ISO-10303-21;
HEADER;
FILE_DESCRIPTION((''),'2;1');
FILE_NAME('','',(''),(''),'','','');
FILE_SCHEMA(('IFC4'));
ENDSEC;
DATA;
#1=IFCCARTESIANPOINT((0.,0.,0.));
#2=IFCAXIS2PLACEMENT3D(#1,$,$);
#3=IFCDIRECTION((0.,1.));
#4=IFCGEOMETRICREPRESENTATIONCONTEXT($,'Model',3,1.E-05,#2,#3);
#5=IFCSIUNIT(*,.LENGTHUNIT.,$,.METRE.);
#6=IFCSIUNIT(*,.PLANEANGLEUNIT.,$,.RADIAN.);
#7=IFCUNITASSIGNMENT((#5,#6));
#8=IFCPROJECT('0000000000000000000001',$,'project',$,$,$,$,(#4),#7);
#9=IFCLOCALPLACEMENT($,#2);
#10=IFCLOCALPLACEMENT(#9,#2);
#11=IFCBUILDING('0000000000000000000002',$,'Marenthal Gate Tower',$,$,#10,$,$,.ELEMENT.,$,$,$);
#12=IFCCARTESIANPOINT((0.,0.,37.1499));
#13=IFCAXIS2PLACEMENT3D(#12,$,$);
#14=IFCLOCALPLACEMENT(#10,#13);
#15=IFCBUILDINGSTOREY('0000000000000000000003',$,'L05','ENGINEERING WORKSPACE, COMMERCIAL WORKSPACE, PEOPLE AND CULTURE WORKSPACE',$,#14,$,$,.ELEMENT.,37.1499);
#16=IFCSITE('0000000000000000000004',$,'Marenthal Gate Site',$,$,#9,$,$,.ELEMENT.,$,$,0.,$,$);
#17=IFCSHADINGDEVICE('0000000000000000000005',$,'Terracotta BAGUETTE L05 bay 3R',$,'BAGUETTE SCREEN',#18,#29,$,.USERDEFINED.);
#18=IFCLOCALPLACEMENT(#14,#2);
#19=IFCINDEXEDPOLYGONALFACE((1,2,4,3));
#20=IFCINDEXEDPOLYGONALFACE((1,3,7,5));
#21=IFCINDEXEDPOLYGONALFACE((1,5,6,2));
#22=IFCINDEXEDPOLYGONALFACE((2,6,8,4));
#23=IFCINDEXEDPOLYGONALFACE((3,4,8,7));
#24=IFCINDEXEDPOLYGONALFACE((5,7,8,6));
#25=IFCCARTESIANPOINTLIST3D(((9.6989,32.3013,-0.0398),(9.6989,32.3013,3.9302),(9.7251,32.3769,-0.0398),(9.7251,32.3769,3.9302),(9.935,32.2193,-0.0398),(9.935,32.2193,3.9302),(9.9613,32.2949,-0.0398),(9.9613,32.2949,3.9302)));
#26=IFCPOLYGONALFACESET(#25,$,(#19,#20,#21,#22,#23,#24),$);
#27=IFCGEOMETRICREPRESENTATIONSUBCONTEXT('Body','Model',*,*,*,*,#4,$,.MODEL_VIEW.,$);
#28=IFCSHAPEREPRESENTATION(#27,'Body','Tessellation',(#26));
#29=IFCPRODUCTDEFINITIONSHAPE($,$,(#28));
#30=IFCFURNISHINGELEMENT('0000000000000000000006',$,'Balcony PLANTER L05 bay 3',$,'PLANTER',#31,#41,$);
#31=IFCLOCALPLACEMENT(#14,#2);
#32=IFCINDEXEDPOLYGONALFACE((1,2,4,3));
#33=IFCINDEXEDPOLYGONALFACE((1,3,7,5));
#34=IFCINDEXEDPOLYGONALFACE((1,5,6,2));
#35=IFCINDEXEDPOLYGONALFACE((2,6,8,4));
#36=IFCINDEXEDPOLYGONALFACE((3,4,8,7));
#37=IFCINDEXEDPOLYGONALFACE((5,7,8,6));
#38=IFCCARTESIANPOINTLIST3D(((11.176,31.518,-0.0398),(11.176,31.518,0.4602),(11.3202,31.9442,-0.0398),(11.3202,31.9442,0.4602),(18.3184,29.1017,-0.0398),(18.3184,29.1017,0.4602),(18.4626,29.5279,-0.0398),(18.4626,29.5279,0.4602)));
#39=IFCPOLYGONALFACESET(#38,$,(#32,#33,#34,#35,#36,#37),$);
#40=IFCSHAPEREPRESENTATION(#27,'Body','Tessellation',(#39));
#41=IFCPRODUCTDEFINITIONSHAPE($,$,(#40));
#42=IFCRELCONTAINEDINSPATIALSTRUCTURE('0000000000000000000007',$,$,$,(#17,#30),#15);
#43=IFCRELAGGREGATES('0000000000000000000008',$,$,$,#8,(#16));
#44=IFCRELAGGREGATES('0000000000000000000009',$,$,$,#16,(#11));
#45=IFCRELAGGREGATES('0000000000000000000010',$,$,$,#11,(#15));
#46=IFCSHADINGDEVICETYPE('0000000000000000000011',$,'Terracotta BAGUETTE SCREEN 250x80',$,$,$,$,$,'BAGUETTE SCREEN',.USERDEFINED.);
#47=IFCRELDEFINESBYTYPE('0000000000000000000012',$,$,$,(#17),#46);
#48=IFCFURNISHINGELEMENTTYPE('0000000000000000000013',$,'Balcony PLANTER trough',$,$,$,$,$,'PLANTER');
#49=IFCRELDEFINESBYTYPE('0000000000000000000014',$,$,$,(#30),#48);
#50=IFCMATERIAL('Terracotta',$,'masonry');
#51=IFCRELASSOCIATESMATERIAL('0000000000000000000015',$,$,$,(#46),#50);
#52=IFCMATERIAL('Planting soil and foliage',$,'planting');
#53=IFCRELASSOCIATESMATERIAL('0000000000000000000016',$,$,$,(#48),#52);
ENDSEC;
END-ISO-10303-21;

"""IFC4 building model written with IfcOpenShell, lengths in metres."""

from ifc_helpers import new_model, si_unit, direction, frame, origin, origin_2d, place, context, subcontext, project, spatial, rectangle, extrude, material, material_profile, profile_set, type_object, element, save


model = new_model("IFC4")

# Units and contexts
model_context = context("Model", 3, precision=1e-05, world=origin(), true_north=direction((0.0, 1.0)))
body_context = subcontext(model_context, "Body", "Model", "MODEL_VIEW")
ifc_project = project(units=[si_unit("LENGTHUNIT", "METRE"), si_unit("PLANEANGLEUNIT", "RADIAN")], contexts=[model_context])

# Site, building, storey
site_placement = place(None, origin())
site = spatial("IfcSite", under=ifc_project, at=site_placement, Name="Marenthal Gate Site", CompositionType="ELEMENT", RefElevation=0.0)
building_placement = place(site_placement, origin())
building = spatial("IfcBuilding", under=site, at=building_placement, Name="Marenthal Gate Tower", CompositionType="ELEMENT")
storey_placement = place(building_placement, frame((0.0, 0.0, 37.1499)))
storey = spatial("IfcBuildingStorey", under=building, at=storey_placement, Name="L05", Description="ENGINEERING WORKSPACE, COMMERCIAL WORKSPACE, PEOPLE AND CULTURE WORKSPACE", CompositionType="ELEMENT", Elevation=37.1499)

# Shading device
ifc_material_1 = material(Name="Terracotta", Category="masonry")
ifc_material_profile_1 = material_profile(ifc_material_1, rectangle(XDim=0.25, YDim=0.0801, at=origin_2d()), Name="Terracotta baguette 250x80")
ifc_profile_set_1 = profile_set([ifc_material_profile_1], Name="Terracotta")
shading_device_type = type_object("IfcShadingDeviceType", Name="Terracotta BAGUETTE SCREEN 250x80", ElementType="BAGUETTE SCREEN", PredefinedType="USERDEFINED", material=ifc_profile_set_1)
shading_device_placement = place(storey_placement, frame((9.8301, 32.2981, -0.0398), z_axis=(0.0, 0.0, 1.0), x_axis=(-0.944708, 0.327912, 0.0)))
element("IfcShadingDevice", 1, at=shading_device_placement, inside=storey, type_object=shading_device_type, Name="Terracotta BAGUETTE L05 bay 3R", ObjectType="BAGUETTE SCREEN", PredefinedType="USERDEFINED", context=body_context, shape_type="SweptSolid", body=[
    extrude(rectangle(XDim=0.25, YDim=0.0801, at=origin_2d()), origin(), (0.0, 0.0, 1.0), 3.97),
])

# Furnishing element
ifc_material_2 = material(Name="Planting soil and foliage", Category="planting")
furnishing_element_type = type_object("IfcFurnishingElementType", Name="Balcony PLANTER trough", ElementType="PLANTER", material=ifc_material_2)
furnishing_placement = place(storey_placement, frame((14.8193, 30.5229, -0.0398), z_axis=(0.0, 0.0, 1.0), x_axis=(-0.947263, 0.320458, 0.0)))
element("IfcFurnishingElement", 2, at=furnishing_placement, inside=storey, type_object=furnishing_element_type, Name="Balcony PLANTER L05 bay 3", ObjectType="PLANTER", context=body_context, shape_type="SweptSolid", body=[
    extrude(rectangle(XDim=7.54, YDim=0.45, at=origin_2d()), origin(), (0.0, 0.0, 1.0), 0.5),
])

save(model, "model.ifc")
